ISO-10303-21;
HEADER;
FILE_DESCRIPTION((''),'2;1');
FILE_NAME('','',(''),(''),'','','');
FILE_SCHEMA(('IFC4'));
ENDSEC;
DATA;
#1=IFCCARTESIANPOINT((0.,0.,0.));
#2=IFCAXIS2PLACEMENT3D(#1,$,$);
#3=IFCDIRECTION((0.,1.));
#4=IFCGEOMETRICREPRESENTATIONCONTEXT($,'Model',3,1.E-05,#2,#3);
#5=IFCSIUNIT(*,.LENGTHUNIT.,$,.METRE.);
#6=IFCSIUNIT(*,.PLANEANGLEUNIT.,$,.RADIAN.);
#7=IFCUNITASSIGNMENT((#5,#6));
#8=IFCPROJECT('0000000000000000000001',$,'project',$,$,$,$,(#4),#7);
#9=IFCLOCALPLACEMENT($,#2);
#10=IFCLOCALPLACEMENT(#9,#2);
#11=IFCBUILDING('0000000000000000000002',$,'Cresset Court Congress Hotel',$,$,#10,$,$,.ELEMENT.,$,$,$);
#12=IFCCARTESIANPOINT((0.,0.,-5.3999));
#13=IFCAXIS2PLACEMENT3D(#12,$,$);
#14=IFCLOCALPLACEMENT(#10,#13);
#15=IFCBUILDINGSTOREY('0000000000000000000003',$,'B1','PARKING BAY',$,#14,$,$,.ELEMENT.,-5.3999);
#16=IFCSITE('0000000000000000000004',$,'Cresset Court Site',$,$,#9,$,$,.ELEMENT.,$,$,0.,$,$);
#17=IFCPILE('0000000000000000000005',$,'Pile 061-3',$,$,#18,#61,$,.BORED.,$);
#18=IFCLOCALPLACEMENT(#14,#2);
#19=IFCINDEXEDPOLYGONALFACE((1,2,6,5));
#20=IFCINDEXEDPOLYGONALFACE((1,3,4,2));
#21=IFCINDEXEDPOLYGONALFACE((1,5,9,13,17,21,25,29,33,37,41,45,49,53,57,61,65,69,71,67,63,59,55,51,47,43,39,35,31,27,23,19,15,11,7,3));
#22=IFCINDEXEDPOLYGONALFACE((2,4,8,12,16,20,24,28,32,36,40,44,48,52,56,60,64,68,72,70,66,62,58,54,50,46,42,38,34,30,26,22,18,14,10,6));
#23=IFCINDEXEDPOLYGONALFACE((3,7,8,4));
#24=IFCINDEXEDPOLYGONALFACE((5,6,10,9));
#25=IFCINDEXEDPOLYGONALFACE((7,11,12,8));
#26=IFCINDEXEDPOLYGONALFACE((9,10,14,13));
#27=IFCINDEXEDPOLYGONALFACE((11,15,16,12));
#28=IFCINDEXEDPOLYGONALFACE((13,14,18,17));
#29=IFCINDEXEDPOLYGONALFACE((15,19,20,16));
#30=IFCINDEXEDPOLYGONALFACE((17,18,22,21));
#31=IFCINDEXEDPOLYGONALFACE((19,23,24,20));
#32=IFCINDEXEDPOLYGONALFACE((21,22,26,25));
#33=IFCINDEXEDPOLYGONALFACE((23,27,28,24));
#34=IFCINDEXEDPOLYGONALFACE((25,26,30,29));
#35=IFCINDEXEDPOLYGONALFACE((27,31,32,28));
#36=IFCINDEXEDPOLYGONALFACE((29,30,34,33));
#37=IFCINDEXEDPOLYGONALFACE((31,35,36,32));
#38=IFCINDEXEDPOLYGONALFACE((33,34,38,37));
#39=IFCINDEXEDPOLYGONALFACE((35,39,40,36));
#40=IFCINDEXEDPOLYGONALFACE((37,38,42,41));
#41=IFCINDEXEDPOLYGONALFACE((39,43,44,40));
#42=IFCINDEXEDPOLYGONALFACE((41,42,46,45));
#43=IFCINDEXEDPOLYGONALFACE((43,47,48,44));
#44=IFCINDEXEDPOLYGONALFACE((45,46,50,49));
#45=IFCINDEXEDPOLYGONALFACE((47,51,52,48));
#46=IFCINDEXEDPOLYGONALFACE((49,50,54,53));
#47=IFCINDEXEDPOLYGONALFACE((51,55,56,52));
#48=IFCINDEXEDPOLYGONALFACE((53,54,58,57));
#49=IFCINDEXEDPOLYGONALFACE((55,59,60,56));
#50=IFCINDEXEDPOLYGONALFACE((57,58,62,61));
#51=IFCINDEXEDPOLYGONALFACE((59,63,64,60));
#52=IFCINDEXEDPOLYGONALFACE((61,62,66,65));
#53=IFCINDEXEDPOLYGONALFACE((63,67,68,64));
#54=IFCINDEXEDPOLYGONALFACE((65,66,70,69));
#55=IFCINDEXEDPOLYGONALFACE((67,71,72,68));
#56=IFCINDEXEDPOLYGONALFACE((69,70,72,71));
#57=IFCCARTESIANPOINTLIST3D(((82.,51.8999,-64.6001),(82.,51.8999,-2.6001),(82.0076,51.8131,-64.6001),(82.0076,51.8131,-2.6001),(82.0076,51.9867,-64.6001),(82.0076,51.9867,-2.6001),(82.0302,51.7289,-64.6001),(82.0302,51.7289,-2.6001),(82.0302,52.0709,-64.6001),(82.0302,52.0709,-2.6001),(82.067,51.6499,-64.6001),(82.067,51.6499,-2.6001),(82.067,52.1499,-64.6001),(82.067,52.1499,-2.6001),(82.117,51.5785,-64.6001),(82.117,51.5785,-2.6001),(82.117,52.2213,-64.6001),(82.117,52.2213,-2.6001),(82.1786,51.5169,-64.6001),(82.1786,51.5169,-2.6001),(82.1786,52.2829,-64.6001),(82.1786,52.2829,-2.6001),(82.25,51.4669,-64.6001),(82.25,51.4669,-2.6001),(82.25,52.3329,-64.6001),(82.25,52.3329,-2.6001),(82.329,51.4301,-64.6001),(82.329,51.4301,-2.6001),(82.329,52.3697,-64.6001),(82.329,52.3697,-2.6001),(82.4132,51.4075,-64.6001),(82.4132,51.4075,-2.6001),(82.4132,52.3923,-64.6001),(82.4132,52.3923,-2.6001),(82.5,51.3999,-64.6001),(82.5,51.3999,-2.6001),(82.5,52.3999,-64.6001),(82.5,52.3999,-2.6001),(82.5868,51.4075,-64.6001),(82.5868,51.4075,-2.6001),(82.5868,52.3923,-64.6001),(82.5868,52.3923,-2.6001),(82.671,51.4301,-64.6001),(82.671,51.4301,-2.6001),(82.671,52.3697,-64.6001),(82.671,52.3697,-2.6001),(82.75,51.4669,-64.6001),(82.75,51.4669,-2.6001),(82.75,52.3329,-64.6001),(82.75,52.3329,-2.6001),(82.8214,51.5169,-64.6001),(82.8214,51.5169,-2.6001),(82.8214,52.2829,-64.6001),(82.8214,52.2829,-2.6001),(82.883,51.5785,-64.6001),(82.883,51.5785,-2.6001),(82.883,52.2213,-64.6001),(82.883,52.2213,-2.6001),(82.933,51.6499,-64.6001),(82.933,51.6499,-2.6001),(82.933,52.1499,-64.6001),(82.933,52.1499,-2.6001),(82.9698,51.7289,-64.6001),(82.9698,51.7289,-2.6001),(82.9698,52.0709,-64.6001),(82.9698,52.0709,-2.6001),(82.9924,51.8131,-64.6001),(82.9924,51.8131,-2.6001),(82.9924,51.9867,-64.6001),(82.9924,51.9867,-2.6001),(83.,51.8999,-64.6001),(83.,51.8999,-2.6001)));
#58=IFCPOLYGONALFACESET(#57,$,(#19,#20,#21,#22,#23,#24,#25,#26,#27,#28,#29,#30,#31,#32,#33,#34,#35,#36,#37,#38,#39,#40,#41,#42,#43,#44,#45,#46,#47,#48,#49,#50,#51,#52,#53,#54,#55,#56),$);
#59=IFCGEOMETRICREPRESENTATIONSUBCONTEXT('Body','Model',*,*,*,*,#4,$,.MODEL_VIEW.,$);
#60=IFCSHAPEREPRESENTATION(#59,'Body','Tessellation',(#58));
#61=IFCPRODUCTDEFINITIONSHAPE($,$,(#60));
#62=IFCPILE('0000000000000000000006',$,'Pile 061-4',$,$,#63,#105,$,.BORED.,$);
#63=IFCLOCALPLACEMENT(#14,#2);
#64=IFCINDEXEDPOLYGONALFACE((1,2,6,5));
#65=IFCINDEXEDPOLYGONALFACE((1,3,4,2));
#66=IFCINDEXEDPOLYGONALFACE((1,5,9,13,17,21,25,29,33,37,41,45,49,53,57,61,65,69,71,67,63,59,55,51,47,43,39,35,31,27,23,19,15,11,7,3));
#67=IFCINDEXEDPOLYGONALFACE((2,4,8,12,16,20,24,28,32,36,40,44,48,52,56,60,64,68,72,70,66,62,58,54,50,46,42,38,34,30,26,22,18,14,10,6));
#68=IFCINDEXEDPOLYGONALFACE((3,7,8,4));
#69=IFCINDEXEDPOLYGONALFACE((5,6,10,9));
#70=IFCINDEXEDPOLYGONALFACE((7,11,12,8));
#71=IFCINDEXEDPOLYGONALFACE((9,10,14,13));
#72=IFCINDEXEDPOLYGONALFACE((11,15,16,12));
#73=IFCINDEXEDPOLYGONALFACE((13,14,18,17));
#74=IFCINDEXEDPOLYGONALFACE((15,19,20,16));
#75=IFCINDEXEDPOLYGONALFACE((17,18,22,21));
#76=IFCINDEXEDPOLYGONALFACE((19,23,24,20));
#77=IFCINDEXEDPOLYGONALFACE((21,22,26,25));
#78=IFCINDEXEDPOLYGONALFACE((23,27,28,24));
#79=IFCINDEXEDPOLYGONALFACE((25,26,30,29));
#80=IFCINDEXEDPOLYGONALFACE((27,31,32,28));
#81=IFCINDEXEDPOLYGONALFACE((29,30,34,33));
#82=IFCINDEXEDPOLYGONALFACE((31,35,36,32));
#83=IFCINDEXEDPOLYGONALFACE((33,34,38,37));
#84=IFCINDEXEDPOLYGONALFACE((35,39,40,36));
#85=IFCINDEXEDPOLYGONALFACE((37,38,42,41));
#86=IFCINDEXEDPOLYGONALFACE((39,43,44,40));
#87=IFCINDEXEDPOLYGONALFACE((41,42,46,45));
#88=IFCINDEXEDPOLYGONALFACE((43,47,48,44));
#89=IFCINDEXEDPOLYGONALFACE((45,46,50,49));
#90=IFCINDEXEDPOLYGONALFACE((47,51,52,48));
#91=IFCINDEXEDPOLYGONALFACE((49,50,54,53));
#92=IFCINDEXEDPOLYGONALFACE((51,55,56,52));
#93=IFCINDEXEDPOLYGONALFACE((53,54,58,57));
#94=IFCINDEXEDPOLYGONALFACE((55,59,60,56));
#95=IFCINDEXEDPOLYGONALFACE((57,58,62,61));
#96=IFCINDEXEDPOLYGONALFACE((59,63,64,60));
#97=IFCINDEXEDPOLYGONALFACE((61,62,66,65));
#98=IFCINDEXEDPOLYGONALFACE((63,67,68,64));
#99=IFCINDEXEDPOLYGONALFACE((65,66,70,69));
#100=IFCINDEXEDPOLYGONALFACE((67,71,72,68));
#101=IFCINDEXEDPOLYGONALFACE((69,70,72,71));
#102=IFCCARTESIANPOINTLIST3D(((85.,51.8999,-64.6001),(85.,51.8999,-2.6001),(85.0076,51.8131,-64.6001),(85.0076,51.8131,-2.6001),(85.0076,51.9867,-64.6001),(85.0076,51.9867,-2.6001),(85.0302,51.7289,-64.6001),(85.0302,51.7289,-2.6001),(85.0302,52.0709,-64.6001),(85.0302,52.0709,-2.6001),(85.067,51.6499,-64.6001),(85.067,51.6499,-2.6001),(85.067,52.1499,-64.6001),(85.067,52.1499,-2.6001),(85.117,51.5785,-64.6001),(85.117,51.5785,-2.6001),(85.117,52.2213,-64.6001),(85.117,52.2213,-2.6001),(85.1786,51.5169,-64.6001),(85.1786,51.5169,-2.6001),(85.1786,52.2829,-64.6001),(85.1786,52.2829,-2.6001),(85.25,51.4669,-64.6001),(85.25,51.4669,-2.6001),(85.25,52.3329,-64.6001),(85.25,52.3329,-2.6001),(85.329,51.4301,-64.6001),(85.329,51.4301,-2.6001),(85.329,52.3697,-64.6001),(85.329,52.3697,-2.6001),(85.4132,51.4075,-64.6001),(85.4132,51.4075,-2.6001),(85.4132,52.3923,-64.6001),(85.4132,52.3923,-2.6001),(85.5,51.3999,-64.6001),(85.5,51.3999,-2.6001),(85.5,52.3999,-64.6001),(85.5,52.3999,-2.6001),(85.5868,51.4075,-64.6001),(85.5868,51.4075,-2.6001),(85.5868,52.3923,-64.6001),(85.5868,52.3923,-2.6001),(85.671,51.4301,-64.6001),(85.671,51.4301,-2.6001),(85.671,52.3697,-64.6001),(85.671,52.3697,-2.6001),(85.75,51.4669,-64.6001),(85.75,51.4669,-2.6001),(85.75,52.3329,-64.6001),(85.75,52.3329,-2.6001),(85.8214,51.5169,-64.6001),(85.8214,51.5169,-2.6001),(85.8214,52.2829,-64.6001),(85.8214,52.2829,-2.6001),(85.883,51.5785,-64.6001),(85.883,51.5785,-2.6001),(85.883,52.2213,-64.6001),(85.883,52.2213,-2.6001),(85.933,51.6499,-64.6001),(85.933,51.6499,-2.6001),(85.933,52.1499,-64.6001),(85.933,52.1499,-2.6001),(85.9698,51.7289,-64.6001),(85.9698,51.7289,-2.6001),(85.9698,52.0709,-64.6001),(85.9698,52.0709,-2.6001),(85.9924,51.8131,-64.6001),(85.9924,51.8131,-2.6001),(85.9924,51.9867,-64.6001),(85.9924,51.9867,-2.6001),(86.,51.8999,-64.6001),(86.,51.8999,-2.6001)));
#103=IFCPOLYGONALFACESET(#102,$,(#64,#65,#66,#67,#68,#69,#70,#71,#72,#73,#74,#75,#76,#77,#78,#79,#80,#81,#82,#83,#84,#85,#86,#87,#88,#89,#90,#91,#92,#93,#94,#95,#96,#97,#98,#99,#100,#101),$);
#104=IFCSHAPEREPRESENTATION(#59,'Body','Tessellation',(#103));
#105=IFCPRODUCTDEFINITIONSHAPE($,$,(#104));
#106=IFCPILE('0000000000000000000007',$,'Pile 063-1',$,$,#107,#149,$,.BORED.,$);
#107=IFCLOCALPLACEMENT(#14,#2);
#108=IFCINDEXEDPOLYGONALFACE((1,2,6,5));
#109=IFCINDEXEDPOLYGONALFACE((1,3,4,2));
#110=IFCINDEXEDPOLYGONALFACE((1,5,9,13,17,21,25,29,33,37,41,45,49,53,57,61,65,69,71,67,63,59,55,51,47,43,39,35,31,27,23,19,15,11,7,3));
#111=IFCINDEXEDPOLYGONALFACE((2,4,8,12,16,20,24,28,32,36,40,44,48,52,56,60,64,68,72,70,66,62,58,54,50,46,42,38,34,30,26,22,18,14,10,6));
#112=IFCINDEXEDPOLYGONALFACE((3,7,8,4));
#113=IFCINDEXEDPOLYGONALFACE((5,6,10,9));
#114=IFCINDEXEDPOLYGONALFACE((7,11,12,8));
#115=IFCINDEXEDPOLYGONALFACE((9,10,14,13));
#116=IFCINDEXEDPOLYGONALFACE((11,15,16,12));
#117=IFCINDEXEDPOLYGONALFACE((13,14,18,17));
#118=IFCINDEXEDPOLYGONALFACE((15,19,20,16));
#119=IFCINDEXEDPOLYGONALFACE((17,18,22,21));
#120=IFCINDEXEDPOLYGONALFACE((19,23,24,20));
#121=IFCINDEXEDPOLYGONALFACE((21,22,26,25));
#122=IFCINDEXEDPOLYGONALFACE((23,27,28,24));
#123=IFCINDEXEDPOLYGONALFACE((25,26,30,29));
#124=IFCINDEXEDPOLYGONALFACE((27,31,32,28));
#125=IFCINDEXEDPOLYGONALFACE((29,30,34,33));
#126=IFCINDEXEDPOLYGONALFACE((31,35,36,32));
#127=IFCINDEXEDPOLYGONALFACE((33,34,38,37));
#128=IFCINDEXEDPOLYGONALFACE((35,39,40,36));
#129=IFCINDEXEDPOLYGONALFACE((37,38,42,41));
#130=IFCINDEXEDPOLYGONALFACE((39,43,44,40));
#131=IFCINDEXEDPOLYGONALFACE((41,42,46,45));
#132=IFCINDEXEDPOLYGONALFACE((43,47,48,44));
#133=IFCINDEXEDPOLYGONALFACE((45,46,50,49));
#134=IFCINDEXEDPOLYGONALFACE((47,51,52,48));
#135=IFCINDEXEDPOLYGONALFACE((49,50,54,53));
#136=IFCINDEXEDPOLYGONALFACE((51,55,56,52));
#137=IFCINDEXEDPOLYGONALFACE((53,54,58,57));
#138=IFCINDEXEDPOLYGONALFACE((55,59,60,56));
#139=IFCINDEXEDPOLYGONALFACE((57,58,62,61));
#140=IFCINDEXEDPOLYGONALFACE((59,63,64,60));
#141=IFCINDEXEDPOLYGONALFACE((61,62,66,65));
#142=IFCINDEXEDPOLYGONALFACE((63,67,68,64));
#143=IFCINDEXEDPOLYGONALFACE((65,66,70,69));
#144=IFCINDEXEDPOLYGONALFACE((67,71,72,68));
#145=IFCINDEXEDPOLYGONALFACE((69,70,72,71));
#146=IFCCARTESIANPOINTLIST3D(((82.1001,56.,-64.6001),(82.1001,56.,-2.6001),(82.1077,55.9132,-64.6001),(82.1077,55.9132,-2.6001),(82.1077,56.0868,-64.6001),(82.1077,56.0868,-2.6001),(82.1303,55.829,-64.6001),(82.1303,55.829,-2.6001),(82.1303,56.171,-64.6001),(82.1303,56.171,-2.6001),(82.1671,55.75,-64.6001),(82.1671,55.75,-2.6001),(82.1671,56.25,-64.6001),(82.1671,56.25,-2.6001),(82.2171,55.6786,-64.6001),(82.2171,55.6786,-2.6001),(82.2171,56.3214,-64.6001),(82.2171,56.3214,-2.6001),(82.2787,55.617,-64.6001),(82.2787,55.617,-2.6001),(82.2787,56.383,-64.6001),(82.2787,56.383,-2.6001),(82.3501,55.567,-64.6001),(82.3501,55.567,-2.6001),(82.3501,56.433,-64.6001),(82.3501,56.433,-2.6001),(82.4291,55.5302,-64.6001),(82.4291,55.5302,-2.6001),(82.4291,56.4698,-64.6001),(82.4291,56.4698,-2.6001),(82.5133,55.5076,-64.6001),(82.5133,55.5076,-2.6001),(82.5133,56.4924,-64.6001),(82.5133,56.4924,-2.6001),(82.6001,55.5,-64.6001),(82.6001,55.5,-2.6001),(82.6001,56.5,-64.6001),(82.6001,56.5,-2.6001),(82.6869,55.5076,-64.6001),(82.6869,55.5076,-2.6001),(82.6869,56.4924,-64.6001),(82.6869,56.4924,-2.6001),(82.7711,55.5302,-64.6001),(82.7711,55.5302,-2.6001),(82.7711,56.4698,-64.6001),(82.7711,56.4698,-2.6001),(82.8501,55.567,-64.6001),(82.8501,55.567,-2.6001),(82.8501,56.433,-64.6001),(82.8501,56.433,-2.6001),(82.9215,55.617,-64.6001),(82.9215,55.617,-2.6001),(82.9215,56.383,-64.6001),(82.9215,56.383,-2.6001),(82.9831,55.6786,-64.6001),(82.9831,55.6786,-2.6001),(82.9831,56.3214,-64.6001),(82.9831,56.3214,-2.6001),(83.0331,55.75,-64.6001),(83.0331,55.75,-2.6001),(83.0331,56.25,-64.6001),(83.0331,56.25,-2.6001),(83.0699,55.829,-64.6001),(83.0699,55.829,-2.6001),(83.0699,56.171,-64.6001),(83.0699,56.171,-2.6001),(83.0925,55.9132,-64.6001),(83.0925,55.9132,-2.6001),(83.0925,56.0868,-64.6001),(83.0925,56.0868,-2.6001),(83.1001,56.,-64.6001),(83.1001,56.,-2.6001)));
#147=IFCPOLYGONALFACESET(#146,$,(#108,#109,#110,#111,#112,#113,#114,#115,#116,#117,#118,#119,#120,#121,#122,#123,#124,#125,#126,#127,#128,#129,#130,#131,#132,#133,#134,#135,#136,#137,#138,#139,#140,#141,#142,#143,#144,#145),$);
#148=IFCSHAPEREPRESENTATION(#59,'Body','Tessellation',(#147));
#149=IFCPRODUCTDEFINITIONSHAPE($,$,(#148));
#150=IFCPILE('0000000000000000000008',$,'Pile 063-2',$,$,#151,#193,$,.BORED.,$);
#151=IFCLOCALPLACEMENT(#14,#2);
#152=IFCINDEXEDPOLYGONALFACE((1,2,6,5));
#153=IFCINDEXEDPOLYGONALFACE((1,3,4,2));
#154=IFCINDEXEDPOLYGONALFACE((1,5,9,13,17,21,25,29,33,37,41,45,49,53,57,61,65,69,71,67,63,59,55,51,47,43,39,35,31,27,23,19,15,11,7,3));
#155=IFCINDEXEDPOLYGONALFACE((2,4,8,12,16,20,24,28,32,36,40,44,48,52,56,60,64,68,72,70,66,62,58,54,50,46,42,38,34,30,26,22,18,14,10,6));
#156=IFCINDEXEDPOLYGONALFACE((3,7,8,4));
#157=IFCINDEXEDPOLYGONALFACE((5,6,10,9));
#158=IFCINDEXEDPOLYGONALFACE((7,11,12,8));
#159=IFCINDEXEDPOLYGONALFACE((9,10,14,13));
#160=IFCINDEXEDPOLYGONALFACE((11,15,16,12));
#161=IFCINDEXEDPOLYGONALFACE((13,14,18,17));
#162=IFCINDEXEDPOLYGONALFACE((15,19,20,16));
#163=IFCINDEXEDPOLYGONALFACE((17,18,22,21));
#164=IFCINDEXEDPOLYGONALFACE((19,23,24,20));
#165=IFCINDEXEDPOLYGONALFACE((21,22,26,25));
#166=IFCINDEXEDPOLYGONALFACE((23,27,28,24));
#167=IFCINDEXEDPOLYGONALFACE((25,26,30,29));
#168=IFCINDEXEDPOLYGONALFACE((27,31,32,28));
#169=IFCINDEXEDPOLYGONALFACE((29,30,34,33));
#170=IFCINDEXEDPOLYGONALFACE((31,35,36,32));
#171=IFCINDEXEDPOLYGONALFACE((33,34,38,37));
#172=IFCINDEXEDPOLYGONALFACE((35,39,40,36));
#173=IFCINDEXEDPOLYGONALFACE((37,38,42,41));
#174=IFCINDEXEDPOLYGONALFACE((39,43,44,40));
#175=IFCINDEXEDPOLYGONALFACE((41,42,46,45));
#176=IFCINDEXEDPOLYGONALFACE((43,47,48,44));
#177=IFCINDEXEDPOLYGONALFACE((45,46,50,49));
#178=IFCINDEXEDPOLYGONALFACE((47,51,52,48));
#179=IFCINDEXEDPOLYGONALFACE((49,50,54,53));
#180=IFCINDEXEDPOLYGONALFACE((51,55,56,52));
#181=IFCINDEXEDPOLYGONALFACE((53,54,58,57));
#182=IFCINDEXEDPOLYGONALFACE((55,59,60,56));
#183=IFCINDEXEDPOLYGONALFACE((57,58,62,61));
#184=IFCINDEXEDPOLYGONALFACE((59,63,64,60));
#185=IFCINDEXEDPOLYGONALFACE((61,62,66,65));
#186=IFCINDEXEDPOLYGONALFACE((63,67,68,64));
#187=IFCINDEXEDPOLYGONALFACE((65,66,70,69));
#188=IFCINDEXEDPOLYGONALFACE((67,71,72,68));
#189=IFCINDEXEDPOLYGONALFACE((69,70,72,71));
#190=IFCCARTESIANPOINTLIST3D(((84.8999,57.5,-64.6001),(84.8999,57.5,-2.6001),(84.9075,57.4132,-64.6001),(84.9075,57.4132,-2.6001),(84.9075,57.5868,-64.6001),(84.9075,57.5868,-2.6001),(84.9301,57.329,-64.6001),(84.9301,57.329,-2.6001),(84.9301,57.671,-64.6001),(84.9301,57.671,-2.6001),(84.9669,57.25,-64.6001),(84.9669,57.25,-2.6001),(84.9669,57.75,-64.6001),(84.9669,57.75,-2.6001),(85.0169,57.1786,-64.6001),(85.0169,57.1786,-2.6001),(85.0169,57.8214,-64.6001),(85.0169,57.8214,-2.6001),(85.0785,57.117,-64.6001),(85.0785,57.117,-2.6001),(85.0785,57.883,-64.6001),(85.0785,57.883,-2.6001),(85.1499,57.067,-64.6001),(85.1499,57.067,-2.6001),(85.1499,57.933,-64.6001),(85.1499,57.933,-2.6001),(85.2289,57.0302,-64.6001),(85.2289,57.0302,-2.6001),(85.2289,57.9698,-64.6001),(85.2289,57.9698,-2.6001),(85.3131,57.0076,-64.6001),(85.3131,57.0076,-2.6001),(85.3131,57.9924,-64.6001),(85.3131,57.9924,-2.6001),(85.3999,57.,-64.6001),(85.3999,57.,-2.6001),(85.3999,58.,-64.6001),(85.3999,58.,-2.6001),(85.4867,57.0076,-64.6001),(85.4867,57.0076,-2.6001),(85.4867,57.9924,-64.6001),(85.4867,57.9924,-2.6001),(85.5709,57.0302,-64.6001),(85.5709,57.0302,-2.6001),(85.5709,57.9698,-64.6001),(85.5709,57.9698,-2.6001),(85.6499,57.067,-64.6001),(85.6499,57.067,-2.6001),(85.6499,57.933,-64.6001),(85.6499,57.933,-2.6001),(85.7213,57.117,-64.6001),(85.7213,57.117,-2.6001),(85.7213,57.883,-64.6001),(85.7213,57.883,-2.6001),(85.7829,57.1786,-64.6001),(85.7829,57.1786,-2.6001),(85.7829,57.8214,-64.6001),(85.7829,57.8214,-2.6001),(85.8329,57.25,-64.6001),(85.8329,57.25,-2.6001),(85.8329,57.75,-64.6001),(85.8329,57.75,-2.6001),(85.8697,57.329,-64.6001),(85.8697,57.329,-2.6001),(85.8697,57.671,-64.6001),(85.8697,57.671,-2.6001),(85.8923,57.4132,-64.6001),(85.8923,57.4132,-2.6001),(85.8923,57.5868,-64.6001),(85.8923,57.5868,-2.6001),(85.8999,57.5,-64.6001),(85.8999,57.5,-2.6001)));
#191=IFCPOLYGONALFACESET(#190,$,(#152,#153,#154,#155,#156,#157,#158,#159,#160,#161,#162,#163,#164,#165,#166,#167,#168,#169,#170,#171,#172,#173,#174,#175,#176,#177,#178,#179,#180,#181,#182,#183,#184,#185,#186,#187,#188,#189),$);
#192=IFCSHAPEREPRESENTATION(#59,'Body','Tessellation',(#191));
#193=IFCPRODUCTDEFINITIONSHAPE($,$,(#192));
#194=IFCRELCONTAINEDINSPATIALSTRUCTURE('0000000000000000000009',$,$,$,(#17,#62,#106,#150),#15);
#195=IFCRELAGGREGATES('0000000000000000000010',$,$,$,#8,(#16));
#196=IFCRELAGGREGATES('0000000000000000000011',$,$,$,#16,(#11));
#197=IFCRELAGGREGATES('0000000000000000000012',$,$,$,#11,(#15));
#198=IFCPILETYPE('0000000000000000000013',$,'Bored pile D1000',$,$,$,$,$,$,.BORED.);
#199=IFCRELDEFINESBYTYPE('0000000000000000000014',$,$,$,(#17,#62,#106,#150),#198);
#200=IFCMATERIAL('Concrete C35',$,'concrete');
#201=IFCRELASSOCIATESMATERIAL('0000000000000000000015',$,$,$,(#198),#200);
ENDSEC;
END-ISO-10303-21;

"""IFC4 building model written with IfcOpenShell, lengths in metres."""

from ifc_helpers import new_model, si_unit, direction, frame, origin, origin_2d, place, context, subcontext, project, spatial, circle, extrude, material, type_object, element, save


model = new_model("IFC4")

# Units and contexts
model_context = context("Model", 3, precision=1e-05, world=origin(), true_north=direction((0.0, 1.0)))
body_context = subcontext(model_context, "Body", "Model", "MODEL_VIEW")
ifc_project = project(units=[si_unit("LENGTHUNIT", "METRE"), si_unit("PLANEANGLEUNIT", "RADIAN")], contexts=[model_context])

# Site, building, storey
site_placement = place(None, origin())
site = spatial("IfcSite", under=ifc_project, at=site_placement, Name="Cresset Court Site", CompositionType="ELEMENT", RefElevation=0.0)
building_placement = place(site_placement, origin())
building = spatial("IfcBuilding", under=site, at=building_placement, Name="Cresset Court Congress Hotel", CompositionType="ELEMENT")
storey_placement = place(building_placement, frame((0.0, 0.0, -5.3999)))
storey = spatial("IfcBuildingStorey", under=building, at=storey_placement, Name="B1", Description="PARKING BAY", CompositionType="ELEMENT", Elevation=-5.3999)

# Piles
ifc_material_1 = material(Name="Concrete C35", Category="concrete")
pile_type = type_object("IfcPileType", Name="Bored pile D1000", PredefinedType="BORED", material=ifc_material_1)
for number, where, z_axis, x_axis, name in (
    (1, (82.5, 51.8999, -2.6001), (0.0, 0.0, -1.0), (1.0, 0.0, 0.0), "Pile 061-3"),
    (2, (85.5, 51.8999, -2.6001), (0.0, 0.0, -1.0), (1.0, 0.0, 0.0), "Pile 061-4"),
    (3, (82.6001, 56.0, -2.6001), (0.0, 0.0, -1.0), (1.0, 0.0, 0.0), "Pile 063-1"),
    (4, (85.3999, 57.5, -2.6001), (0.0, 0.0, -1.0), (1.0, 0.0, 0.0), "Pile 063-2"),
):
    element("IfcPile", number, at=place(storey_placement, frame(where, z_axis=z_axis, x_axis=x_axis)), inside=storey, type_object=pile_type, Name=name, PredefinedType="BORED", context=body_context, shape_type="SweptSolid", body=[
        extrude(circle(Radius=0.5, at=origin_2d()), origin(), (0.0, 0.0, 1.0), 62.0),
    ])

save(model, "model.ifc")
